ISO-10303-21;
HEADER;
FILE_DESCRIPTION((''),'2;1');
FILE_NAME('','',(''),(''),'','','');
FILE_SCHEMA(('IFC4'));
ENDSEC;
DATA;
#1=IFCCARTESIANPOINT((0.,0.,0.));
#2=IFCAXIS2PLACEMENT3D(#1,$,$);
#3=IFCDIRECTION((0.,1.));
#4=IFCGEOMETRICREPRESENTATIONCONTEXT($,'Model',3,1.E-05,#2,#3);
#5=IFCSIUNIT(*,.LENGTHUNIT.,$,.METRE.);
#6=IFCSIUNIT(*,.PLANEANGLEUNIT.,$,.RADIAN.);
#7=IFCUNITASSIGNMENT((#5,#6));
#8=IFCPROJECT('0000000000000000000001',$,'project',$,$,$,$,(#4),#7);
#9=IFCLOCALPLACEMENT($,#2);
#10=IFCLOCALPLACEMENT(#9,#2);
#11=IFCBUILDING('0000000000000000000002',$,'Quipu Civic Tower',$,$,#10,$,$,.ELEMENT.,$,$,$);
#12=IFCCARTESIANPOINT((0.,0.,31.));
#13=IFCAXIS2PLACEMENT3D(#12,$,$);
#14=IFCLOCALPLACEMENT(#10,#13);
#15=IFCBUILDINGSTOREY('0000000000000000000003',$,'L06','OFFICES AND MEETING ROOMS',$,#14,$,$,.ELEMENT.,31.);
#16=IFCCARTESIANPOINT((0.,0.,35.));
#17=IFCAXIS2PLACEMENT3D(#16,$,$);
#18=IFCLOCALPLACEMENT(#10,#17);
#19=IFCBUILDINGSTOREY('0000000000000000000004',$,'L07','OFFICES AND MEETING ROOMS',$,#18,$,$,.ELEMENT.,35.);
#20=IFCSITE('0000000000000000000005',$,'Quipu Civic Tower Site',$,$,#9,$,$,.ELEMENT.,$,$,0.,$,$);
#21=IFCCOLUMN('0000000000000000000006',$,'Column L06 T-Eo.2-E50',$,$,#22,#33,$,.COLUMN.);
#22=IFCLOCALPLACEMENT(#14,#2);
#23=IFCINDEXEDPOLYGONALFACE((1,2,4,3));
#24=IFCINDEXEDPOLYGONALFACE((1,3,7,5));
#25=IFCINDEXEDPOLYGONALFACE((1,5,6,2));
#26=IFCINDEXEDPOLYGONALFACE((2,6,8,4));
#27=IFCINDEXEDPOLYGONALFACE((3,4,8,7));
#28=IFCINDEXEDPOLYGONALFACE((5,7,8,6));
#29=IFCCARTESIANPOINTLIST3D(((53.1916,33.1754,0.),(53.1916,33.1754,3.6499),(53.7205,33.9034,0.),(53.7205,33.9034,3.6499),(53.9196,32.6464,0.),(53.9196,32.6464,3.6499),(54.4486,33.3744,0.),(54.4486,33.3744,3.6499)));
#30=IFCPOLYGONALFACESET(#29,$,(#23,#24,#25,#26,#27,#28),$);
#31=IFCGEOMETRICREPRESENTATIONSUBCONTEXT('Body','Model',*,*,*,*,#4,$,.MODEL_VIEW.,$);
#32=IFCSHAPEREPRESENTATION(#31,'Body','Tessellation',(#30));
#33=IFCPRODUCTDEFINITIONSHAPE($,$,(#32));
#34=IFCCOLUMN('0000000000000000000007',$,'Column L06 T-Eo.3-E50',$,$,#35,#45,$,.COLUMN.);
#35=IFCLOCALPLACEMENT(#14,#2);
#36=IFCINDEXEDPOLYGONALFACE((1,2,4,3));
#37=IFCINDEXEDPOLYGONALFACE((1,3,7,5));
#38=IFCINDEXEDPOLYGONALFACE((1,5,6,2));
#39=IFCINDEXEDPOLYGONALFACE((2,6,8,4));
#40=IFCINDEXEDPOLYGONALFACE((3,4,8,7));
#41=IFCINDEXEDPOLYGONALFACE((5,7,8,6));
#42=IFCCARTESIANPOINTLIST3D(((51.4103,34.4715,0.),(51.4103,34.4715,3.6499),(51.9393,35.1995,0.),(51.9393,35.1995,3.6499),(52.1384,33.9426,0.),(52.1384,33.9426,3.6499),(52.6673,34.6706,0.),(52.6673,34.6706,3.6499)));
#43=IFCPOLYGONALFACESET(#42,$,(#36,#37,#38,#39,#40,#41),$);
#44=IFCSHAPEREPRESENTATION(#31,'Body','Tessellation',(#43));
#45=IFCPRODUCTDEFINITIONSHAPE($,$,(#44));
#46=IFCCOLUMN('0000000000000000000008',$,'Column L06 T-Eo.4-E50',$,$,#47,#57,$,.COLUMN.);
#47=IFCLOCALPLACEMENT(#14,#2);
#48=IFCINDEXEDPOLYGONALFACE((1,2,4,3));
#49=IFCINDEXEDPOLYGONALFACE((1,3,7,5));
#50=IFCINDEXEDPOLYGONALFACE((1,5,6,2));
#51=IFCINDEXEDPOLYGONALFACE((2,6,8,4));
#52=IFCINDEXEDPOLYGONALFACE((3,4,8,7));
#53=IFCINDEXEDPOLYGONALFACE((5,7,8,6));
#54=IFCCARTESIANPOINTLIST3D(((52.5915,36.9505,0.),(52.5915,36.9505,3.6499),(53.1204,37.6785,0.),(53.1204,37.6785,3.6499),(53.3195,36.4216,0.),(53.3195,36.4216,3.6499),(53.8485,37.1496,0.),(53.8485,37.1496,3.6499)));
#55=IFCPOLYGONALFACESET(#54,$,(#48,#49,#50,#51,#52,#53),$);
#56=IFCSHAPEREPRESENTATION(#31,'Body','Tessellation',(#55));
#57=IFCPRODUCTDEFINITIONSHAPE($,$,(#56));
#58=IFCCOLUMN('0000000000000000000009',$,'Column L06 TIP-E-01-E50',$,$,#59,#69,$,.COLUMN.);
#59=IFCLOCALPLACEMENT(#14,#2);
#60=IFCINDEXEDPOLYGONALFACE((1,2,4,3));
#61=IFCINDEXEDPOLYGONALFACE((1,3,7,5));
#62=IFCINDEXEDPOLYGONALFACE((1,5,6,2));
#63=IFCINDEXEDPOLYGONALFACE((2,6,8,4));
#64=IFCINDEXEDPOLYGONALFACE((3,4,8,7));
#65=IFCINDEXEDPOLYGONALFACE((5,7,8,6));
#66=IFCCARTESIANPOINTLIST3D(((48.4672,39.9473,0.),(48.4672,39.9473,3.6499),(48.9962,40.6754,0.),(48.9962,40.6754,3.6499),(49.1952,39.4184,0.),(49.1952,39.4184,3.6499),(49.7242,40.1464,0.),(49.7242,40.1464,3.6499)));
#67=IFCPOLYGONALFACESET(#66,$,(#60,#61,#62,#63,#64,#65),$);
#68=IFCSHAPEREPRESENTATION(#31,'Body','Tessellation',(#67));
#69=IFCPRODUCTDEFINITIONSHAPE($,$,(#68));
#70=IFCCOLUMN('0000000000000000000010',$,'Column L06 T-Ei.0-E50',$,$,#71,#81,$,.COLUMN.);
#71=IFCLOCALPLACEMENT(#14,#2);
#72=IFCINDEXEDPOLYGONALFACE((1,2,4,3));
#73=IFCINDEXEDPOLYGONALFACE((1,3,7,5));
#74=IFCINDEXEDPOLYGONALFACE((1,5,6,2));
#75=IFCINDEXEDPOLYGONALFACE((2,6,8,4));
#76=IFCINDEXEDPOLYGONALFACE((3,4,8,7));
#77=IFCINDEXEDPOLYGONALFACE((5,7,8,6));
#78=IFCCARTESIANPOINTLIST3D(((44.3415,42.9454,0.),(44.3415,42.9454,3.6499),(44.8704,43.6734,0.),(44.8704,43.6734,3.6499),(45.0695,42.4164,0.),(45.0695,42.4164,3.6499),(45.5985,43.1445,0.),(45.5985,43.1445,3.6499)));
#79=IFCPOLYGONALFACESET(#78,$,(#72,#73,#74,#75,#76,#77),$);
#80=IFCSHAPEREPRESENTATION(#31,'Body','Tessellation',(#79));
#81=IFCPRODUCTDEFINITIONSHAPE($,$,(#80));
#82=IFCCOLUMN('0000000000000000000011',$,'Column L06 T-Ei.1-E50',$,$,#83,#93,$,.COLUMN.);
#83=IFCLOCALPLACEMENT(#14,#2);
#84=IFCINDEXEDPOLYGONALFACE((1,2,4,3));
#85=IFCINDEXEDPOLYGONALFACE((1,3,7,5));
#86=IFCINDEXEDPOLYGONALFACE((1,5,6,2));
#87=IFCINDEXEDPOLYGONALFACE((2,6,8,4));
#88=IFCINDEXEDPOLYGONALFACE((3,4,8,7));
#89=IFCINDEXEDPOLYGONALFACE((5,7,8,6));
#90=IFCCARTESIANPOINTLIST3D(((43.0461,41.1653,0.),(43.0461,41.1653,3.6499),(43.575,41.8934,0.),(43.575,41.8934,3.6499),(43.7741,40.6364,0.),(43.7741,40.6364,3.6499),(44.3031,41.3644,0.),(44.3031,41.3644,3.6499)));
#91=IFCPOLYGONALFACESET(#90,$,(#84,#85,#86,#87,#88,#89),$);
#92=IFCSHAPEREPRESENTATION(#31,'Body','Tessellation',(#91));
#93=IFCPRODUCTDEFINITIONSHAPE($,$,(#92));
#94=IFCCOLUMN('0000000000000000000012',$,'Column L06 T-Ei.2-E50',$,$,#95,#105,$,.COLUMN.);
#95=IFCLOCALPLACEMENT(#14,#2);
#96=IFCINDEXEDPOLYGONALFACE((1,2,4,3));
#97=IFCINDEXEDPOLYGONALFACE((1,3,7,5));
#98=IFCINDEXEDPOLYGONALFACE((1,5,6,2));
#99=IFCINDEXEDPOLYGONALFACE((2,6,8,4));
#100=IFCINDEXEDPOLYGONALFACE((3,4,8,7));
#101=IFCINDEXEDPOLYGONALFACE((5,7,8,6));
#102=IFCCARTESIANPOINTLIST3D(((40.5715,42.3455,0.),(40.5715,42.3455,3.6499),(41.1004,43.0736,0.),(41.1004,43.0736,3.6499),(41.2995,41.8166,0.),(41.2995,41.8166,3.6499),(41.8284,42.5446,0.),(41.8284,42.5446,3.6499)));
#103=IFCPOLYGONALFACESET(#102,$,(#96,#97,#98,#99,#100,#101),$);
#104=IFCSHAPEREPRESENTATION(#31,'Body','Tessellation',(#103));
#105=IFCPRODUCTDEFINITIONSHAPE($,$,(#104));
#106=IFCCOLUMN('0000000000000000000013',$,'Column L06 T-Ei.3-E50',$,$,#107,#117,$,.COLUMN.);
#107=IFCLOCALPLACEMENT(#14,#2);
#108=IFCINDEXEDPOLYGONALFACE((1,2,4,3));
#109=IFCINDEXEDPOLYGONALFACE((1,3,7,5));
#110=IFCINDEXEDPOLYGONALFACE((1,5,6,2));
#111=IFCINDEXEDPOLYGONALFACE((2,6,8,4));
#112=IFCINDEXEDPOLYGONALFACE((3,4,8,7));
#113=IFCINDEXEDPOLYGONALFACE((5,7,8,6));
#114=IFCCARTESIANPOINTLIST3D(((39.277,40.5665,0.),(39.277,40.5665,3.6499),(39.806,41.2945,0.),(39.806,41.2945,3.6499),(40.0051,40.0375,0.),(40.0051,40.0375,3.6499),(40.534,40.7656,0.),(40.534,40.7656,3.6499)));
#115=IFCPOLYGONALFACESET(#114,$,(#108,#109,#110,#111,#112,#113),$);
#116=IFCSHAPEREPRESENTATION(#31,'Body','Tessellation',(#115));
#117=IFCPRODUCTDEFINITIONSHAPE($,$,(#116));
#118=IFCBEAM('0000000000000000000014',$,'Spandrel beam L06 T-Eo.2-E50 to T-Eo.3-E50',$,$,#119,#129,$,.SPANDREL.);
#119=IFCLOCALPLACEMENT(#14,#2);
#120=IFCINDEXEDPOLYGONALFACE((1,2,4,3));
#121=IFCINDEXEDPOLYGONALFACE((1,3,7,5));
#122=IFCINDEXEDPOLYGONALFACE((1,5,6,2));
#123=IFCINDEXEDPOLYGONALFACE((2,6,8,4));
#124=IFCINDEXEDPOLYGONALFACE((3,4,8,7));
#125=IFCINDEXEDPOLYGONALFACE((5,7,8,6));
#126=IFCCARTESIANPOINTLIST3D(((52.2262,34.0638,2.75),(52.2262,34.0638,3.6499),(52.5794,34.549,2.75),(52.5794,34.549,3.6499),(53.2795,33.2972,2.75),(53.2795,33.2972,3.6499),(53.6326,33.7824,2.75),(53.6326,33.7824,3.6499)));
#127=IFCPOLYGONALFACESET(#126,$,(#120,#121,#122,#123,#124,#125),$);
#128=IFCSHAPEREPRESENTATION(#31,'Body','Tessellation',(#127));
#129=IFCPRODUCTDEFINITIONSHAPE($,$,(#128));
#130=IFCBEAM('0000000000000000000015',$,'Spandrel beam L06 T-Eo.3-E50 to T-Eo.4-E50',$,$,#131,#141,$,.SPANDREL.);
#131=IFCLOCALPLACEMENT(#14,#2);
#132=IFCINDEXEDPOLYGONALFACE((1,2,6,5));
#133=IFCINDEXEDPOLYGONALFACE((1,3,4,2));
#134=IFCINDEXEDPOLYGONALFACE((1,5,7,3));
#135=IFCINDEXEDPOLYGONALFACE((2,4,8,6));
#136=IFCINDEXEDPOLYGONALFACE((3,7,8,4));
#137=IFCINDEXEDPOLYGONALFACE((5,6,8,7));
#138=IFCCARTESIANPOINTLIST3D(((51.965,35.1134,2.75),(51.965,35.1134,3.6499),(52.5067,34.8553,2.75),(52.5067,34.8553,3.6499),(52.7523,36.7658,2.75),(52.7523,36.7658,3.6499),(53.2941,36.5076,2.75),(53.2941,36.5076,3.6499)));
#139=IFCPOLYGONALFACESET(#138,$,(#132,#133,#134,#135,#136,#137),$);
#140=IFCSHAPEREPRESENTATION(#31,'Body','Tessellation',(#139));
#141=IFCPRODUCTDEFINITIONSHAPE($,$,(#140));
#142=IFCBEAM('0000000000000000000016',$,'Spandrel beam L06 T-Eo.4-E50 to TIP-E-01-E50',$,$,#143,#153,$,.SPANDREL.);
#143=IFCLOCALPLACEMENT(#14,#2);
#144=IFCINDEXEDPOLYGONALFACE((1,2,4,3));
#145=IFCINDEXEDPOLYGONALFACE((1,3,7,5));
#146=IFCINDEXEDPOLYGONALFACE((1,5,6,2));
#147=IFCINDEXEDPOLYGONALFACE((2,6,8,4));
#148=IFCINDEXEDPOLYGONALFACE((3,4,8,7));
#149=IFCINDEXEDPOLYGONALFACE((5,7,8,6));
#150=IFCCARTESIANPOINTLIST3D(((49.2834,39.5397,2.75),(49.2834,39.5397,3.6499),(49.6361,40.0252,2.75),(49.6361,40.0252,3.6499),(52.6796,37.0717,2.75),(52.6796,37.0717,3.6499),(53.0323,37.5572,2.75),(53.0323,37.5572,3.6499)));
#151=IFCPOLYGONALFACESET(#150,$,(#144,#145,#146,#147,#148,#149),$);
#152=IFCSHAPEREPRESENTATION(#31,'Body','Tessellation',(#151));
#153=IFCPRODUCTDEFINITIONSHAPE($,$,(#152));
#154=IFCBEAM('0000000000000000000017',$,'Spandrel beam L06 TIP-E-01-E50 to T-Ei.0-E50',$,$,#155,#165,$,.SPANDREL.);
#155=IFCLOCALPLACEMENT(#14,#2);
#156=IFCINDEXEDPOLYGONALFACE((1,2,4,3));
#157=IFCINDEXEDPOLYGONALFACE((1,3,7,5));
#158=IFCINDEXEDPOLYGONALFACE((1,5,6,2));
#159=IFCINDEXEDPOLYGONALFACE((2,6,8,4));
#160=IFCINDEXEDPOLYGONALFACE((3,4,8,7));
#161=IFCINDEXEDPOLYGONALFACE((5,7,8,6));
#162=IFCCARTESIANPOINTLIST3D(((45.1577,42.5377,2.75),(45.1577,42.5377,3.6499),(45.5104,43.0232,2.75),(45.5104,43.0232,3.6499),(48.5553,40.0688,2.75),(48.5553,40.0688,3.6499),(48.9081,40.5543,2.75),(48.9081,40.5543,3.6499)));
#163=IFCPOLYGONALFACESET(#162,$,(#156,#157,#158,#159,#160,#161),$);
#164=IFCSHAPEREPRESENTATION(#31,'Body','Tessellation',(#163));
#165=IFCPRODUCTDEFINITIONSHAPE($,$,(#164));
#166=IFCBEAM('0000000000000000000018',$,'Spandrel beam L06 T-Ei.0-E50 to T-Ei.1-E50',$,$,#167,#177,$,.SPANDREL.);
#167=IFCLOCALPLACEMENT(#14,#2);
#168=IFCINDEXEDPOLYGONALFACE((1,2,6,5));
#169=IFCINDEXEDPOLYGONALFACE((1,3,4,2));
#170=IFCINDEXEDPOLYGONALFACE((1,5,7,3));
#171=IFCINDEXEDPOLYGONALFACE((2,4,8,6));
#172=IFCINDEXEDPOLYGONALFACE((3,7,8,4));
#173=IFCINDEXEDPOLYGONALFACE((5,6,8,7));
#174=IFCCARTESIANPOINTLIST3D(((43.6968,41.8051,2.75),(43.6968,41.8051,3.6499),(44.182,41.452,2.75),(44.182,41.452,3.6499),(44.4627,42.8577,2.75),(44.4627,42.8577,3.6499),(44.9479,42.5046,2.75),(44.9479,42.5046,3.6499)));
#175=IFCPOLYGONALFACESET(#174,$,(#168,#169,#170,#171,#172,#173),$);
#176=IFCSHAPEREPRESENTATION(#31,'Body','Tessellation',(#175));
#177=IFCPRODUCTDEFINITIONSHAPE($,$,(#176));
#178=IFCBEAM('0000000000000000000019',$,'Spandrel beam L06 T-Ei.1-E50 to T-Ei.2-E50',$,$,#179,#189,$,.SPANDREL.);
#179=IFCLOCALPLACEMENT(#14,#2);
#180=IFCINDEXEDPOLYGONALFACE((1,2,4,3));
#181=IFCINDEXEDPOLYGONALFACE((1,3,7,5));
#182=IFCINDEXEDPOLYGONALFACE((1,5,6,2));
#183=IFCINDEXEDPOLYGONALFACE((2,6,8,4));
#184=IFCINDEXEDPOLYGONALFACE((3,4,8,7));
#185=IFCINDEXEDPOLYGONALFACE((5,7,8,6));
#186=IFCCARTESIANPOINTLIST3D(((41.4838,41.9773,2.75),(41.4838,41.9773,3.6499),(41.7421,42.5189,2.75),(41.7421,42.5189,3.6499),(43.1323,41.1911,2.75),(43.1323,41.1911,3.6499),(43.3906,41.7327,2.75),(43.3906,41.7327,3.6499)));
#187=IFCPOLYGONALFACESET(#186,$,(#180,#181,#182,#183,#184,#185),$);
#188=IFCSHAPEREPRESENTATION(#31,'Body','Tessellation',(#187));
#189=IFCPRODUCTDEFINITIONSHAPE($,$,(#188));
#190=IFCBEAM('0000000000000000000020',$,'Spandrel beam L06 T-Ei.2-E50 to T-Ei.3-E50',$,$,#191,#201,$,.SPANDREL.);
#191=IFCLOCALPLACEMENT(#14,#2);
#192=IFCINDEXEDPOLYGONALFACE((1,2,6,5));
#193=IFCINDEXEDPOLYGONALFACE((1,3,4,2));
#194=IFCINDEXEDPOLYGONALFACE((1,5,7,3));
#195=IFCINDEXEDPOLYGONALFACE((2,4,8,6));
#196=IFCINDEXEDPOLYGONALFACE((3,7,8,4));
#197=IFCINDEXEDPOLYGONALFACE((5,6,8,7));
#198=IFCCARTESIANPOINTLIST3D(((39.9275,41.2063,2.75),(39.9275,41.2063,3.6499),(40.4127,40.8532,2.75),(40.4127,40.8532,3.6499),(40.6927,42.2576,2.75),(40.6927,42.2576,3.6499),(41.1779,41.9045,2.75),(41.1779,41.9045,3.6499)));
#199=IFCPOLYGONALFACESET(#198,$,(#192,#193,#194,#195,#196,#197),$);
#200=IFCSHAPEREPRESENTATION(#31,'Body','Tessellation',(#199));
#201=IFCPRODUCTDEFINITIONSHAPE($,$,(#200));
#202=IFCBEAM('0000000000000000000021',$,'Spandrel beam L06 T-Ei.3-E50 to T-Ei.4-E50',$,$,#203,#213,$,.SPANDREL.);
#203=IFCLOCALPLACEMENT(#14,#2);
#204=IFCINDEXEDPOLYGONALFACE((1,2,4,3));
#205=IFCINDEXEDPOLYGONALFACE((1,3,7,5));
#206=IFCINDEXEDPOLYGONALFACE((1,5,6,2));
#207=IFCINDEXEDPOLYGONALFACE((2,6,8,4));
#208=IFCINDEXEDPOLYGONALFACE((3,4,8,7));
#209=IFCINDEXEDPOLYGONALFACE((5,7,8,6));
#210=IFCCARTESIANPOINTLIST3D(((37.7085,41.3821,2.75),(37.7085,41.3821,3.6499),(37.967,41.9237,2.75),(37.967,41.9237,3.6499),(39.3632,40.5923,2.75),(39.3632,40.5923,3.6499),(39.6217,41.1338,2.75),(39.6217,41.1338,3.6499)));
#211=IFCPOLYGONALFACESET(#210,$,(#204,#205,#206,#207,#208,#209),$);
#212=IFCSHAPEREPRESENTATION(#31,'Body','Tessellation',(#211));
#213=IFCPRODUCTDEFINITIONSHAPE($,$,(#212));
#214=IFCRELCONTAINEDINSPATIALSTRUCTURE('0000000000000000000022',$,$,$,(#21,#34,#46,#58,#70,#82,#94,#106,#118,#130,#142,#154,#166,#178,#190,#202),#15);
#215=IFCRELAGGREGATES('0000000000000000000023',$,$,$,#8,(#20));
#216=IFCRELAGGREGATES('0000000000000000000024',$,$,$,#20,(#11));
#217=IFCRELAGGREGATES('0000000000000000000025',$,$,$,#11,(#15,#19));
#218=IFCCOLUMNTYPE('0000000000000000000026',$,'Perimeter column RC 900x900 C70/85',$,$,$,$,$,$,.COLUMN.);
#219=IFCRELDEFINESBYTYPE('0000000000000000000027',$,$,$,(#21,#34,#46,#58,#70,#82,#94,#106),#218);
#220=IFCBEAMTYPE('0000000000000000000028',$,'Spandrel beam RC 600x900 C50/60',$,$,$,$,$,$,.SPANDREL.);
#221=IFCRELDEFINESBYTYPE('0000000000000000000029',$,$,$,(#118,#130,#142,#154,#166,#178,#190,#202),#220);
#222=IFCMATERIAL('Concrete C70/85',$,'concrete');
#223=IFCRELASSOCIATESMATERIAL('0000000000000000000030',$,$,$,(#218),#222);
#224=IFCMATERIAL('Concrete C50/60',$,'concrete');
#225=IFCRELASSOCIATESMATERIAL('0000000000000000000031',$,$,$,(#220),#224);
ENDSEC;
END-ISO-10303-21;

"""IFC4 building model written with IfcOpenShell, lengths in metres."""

from ifc_helpers import new_model, si_unit, direction, frame, origin, origin_2d, place, context, subcontext, project, spatial, rectangle, extrude, material, material_profile, profile_set, type_object, element, save


model = new_model("IFC4")

# Units and contexts
model_context = context("Model", 3, precision=1e-05, world=origin(), true_north=direction((0.0, 1.0)))
body_context = subcontext(model_context, "Body", "Model", "MODEL_VIEW")
ifc_project = project(units=[si_unit("LENGTHUNIT", "METRE"), si_unit("PLANEANGLEUNIT", "RADIAN")], contexts=[model_context])

# Site, building, storey
site_placement = place(None, origin())
site = spatial("IfcSite", under=ifc_project, at=site_placement, Name="Quipu Civic Tower Site", CompositionType="ELEMENT", RefElevation=0.0)
building_placement = place(site_placement, origin())
building = spatial("IfcBuilding", under=site, at=building_placement, Name="Quipu Civic Tower", CompositionType="ELEMENT")
storey_1_placement = place(building_placement, frame((0.0, 0.0, 31.0)))
storey_1 = spatial("IfcBuildingStorey", under=building, at=storey_1_placement, Name="L06", Description="OFFICES AND MEETING ROOMS", CompositionType="ELEMENT", Elevation=31.0)

# Columns
ifc_material_1 = material(Name="Concrete C70/85", Category="concrete")
ifc_material_profile_1 = material_profile(ifc_material_1, rectangle(XDim=0.8999, YDim=0.8999, at=origin_2d()), Name="RC900x900")
ifc_profile_set_1 = profile_set([ifc_material_profile_1], Name="Concrete C70/85")
column_type = type_object("IfcColumnType", Name="Perimeter column RC 900x900 C70/85", PredefinedType="COLUMN", material=ifc_profile_set_1)
for number, where, z_axis, x_axis, name in (
    (1, (53.8201, 33.2749, 0.0), (0.0, 0.0, 1.0), (-0.809017, 0.587785, 0.0), "Column L06 T-Eo.2-E50"),
    (2, (52.0388, 34.571, 0.0), (0.0, 0.0, 1.0), (0.587785, 0.809017, 0.0), "Column L06 T-Eo.3-E50"),
    (3, (53.22, 37.05, 0.0), (0.0, 0.0, 1.0), (-0.809017, 0.587785, 0.0), "Column L06 T-Eo.4-E50"),
    (4, (49.0957, 40.0469, 0.0), (0.0, 0.0, 1.0), (-0.809017, 0.587785, 0.0), "Column L06 TIP-E-01-E50"),
    (5, (44.97, 43.0449, 0.0), (0.0, 0.0, 1.0), (-0.809017, 0.587785, 0.0), "Column L06 T-Ei.0-E50"),
    (6, (43.6746, 41.2649, 0.0), (0.0, 0.0, 1.0), (-0.809017, 0.587785, 0.0), "Column L06 T-Ei.1-E50"),
    (7, (41.2, 42.4451, 0.0), (0.0, 0.0, 1.0), (-0.587785, -0.809017, 0.0), "Column L06 T-Ei.2-E50"),
    (8, (39.9055, 40.666, 0.0), (0.0, 0.0, 1.0), (-0.587785, -0.809017, 0.0), "Column L06 T-Ei.3-E50"),
):
    element("IfcColumn", number, at=place(storey_1_placement, frame(where, z_axis=z_axis, x_axis=x_axis)), inside=storey_1, type_object=column_type, Name=name, PredefinedType="COLUMN", context=body_context, shape_type="SweptSolid", body=[
        extrude(rectangle(XDim=0.8999, YDim=0.8999, at=origin_2d()), origin(), (0.0, 0.0, 1.0), 3.6499),
    ])

# Beams
ifc_material_2 = material(Name="Concrete C50/60", Category="concrete")
ifc_material_profile_2 = material_profile(ifc_material_2, rectangle(XDim=0.6001, YDim=0.8999, at=origin_2d()), Name="RC600x900")
ifc_profile_set_2 = profile_set([ifc_material_profile_2], Name="Concrete C50/60")
beam_type = type_object("IfcBeamType", Name="Spandrel beam RC 600x900 C50/60", PredefinedType="SPANDREL", material=ifc_profile_set_2)
beam_1_placement = place(storey_1_placement, frame((53.4561, 33.5398, 3.2), z_axis=(-0.808509, 0.588484, 0.0), x_axis=(-0.588484, -0.808509, 0.0)))
element("IfcBeam", 9, at=beam_1_placement, inside=storey_1, type_object=beam_type, Name="Spandrel beam L06 T-Eo.2-E50 to T-Eo.3-E50", PredefinedType="SPANDREL", context=body_context, shape_type="SweptSolid", body=[
    extrude(rectangle(XDim=0.6001, YDim=0.8999, at=origin_2d()), origin(), (0.0, 0.0, 1.0), 1.3027),
])
beam_2_placement = place(storey_1_placement, frame((52.2358, 34.9844, 3.2), z_axis=(0.430167, 0.90275, 0.0), x_axis=(-0.90275, 0.430167, 0.0)))
element("IfcBeam", 10, at=beam_2_placement, inside=storey_1, type_object=beam_type, Name="Spandrel beam L06 T-Eo.3-E50 to T-Eo.4-E50", PredefinedType="SPANDREL", context=body_context, shape_type="SweptSolid", body=[
    extrude(rectangle(XDim=0.6001, YDim=0.8999, at=origin_2d()), origin(), (0.0, 0.0, 1.0), 1.8303),
])
beam_3_placement = place(storey_1_placement, frame((52.856, 37.3145, 3.2), z_axis=(-0.80896, 0.587864, 0.0), x_axis=(-0.587864, -0.80896, 0.0)))
element("IfcBeam", 11, at=beam_3_placement, inside=storey_1, type_object=beam_type, Name="Spandrel beam L06 T-Eo.4-E50 to TIP-E-01-E50", PredefinedType="SPANDREL", context=body_context, shape_type="SweptSolid", body=[
    extrude(rectangle(XDim=0.6001, YDim=0.8999, at=origin_2d()), origin(), (0.0, 0.0, 1.0), 4.1982),
])
beam_4_placement = place(storey_1_placement, frame((48.7317, 40.3115, 3.2), z_axis=(-0.80897, 0.58785, 0.0), x_axis=(-0.58785, -0.80897, 0.0)))
element("IfcBeam", 12, at=beam_4_placement, inside=storey_1, type_object=beam_type, Name="Spandrel beam L06 TIP-E-01-E50 to T-Ei.0-E50", PredefinedType="SPANDREL", context=body_context, shape_type="SweptSolid", body=[
    extrude(rectangle(XDim=0.6001, YDim=0.8999, at=origin_2d()), origin(), (0.0, 0.0, 1.0), 4.2),
])
beam_5_placement = place(storey_1_placement, frame((44.7053, 42.6812, 3.2), z_axis=(-0.588384, -0.808582, 0.0), x_axis=(0.808582, -0.588384, 0.0)))
element("IfcBeam", 13, at=beam_5_placement, inside=storey_1, type_object=beam_type, Name="Spandrel beam L06 T-Ei.0-E50 to T-Ei.1-E50", PredefinedType="SPANDREL", context=body_context, shape_type="SweptSolid", body=[
    extrude(rectangle(XDim=0.6001, YDim=0.8999, at=origin_2d()), origin(), (0.0, 0.0, 1.0), 1.3018),
])
beam_6_placement = place(storey_1_placement, frame((43.2615, 41.4619, 3.2), z_axis=(-0.902613, 0.430452, 0.0), x_axis=(-0.430452, -0.902613, 0.0)))
element("IfcBeam", 14, at=beam_6_placement, inside=storey_1, type_object=beam_type, Name="Spandrel beam L06 T-Ei.1-E50 to T-Ei.2-E50", PredefinedType="SPANDREL", context=body_context, shape_type="SweptSolid", body=[
    extrude(rectangle(XDim=0.6001, YDim=0.8999, at=origin_2d()), origin(), (0.0, 0.0, 1.0), 1.8264),
])
beam_7_placement = place(storey_1_placement, frame((40.9353, 42.0811, 3.2), z_axis=(-0.588462, -0.808525, 0.0), x_axis=(0.808525, -0.588462, 0.0)))
element("IfcBeam", 15, at=beam_7_placement, inside=storey_1, type_object=beam_type, Name="Spandrel beam L06 T-Ei.2-E50 to T-Ei.3-E50", PredefinedType="SPANDREL", context=body_context, shape_type="SweptSolid", body=[
    extrude(rectangle(XDim=0.6001, YDim=0.8999, at=origin_2d()), origin(), (0.0, 0.0, 1.0), 1.3003),
])
beam_8_placement = place(storey_1_placement, frame((39.4924, 40.863, 3.2), z_axis=(-0.902454, 0.430786, 0.0), x_axis=(-0.430786, -0.902454, 0.0)))
element("IfcBeam", 16, at=beam_8_placement, inside=storey_1, type_object=beam_type, Name="Spandrel beam L06 T-Ei.3-E50 to T-Ei.4-E50", PredefinedType="SPANDREL", context=body_context, shape_type="SweptSolid", body=[
    extrude(rectangle(XDim=0.6001, YDim=0.8999, at=origin_2d()), origin(), (0.0, 0.0, 1.0), 1.8335),
])

# Shared definitions
storey_2_placement = place(building_placement, frame((0.0, 0.0, 35.0)))
storey_2 = spatial("IfcBuildingStorey", under=building, at=storey_2_placement, Name="L07", Description="OFFICES AND MEETING ROOMS", CompositionType="ELEMENT", Elevation=35.0)

save(model, "model.ifc")
